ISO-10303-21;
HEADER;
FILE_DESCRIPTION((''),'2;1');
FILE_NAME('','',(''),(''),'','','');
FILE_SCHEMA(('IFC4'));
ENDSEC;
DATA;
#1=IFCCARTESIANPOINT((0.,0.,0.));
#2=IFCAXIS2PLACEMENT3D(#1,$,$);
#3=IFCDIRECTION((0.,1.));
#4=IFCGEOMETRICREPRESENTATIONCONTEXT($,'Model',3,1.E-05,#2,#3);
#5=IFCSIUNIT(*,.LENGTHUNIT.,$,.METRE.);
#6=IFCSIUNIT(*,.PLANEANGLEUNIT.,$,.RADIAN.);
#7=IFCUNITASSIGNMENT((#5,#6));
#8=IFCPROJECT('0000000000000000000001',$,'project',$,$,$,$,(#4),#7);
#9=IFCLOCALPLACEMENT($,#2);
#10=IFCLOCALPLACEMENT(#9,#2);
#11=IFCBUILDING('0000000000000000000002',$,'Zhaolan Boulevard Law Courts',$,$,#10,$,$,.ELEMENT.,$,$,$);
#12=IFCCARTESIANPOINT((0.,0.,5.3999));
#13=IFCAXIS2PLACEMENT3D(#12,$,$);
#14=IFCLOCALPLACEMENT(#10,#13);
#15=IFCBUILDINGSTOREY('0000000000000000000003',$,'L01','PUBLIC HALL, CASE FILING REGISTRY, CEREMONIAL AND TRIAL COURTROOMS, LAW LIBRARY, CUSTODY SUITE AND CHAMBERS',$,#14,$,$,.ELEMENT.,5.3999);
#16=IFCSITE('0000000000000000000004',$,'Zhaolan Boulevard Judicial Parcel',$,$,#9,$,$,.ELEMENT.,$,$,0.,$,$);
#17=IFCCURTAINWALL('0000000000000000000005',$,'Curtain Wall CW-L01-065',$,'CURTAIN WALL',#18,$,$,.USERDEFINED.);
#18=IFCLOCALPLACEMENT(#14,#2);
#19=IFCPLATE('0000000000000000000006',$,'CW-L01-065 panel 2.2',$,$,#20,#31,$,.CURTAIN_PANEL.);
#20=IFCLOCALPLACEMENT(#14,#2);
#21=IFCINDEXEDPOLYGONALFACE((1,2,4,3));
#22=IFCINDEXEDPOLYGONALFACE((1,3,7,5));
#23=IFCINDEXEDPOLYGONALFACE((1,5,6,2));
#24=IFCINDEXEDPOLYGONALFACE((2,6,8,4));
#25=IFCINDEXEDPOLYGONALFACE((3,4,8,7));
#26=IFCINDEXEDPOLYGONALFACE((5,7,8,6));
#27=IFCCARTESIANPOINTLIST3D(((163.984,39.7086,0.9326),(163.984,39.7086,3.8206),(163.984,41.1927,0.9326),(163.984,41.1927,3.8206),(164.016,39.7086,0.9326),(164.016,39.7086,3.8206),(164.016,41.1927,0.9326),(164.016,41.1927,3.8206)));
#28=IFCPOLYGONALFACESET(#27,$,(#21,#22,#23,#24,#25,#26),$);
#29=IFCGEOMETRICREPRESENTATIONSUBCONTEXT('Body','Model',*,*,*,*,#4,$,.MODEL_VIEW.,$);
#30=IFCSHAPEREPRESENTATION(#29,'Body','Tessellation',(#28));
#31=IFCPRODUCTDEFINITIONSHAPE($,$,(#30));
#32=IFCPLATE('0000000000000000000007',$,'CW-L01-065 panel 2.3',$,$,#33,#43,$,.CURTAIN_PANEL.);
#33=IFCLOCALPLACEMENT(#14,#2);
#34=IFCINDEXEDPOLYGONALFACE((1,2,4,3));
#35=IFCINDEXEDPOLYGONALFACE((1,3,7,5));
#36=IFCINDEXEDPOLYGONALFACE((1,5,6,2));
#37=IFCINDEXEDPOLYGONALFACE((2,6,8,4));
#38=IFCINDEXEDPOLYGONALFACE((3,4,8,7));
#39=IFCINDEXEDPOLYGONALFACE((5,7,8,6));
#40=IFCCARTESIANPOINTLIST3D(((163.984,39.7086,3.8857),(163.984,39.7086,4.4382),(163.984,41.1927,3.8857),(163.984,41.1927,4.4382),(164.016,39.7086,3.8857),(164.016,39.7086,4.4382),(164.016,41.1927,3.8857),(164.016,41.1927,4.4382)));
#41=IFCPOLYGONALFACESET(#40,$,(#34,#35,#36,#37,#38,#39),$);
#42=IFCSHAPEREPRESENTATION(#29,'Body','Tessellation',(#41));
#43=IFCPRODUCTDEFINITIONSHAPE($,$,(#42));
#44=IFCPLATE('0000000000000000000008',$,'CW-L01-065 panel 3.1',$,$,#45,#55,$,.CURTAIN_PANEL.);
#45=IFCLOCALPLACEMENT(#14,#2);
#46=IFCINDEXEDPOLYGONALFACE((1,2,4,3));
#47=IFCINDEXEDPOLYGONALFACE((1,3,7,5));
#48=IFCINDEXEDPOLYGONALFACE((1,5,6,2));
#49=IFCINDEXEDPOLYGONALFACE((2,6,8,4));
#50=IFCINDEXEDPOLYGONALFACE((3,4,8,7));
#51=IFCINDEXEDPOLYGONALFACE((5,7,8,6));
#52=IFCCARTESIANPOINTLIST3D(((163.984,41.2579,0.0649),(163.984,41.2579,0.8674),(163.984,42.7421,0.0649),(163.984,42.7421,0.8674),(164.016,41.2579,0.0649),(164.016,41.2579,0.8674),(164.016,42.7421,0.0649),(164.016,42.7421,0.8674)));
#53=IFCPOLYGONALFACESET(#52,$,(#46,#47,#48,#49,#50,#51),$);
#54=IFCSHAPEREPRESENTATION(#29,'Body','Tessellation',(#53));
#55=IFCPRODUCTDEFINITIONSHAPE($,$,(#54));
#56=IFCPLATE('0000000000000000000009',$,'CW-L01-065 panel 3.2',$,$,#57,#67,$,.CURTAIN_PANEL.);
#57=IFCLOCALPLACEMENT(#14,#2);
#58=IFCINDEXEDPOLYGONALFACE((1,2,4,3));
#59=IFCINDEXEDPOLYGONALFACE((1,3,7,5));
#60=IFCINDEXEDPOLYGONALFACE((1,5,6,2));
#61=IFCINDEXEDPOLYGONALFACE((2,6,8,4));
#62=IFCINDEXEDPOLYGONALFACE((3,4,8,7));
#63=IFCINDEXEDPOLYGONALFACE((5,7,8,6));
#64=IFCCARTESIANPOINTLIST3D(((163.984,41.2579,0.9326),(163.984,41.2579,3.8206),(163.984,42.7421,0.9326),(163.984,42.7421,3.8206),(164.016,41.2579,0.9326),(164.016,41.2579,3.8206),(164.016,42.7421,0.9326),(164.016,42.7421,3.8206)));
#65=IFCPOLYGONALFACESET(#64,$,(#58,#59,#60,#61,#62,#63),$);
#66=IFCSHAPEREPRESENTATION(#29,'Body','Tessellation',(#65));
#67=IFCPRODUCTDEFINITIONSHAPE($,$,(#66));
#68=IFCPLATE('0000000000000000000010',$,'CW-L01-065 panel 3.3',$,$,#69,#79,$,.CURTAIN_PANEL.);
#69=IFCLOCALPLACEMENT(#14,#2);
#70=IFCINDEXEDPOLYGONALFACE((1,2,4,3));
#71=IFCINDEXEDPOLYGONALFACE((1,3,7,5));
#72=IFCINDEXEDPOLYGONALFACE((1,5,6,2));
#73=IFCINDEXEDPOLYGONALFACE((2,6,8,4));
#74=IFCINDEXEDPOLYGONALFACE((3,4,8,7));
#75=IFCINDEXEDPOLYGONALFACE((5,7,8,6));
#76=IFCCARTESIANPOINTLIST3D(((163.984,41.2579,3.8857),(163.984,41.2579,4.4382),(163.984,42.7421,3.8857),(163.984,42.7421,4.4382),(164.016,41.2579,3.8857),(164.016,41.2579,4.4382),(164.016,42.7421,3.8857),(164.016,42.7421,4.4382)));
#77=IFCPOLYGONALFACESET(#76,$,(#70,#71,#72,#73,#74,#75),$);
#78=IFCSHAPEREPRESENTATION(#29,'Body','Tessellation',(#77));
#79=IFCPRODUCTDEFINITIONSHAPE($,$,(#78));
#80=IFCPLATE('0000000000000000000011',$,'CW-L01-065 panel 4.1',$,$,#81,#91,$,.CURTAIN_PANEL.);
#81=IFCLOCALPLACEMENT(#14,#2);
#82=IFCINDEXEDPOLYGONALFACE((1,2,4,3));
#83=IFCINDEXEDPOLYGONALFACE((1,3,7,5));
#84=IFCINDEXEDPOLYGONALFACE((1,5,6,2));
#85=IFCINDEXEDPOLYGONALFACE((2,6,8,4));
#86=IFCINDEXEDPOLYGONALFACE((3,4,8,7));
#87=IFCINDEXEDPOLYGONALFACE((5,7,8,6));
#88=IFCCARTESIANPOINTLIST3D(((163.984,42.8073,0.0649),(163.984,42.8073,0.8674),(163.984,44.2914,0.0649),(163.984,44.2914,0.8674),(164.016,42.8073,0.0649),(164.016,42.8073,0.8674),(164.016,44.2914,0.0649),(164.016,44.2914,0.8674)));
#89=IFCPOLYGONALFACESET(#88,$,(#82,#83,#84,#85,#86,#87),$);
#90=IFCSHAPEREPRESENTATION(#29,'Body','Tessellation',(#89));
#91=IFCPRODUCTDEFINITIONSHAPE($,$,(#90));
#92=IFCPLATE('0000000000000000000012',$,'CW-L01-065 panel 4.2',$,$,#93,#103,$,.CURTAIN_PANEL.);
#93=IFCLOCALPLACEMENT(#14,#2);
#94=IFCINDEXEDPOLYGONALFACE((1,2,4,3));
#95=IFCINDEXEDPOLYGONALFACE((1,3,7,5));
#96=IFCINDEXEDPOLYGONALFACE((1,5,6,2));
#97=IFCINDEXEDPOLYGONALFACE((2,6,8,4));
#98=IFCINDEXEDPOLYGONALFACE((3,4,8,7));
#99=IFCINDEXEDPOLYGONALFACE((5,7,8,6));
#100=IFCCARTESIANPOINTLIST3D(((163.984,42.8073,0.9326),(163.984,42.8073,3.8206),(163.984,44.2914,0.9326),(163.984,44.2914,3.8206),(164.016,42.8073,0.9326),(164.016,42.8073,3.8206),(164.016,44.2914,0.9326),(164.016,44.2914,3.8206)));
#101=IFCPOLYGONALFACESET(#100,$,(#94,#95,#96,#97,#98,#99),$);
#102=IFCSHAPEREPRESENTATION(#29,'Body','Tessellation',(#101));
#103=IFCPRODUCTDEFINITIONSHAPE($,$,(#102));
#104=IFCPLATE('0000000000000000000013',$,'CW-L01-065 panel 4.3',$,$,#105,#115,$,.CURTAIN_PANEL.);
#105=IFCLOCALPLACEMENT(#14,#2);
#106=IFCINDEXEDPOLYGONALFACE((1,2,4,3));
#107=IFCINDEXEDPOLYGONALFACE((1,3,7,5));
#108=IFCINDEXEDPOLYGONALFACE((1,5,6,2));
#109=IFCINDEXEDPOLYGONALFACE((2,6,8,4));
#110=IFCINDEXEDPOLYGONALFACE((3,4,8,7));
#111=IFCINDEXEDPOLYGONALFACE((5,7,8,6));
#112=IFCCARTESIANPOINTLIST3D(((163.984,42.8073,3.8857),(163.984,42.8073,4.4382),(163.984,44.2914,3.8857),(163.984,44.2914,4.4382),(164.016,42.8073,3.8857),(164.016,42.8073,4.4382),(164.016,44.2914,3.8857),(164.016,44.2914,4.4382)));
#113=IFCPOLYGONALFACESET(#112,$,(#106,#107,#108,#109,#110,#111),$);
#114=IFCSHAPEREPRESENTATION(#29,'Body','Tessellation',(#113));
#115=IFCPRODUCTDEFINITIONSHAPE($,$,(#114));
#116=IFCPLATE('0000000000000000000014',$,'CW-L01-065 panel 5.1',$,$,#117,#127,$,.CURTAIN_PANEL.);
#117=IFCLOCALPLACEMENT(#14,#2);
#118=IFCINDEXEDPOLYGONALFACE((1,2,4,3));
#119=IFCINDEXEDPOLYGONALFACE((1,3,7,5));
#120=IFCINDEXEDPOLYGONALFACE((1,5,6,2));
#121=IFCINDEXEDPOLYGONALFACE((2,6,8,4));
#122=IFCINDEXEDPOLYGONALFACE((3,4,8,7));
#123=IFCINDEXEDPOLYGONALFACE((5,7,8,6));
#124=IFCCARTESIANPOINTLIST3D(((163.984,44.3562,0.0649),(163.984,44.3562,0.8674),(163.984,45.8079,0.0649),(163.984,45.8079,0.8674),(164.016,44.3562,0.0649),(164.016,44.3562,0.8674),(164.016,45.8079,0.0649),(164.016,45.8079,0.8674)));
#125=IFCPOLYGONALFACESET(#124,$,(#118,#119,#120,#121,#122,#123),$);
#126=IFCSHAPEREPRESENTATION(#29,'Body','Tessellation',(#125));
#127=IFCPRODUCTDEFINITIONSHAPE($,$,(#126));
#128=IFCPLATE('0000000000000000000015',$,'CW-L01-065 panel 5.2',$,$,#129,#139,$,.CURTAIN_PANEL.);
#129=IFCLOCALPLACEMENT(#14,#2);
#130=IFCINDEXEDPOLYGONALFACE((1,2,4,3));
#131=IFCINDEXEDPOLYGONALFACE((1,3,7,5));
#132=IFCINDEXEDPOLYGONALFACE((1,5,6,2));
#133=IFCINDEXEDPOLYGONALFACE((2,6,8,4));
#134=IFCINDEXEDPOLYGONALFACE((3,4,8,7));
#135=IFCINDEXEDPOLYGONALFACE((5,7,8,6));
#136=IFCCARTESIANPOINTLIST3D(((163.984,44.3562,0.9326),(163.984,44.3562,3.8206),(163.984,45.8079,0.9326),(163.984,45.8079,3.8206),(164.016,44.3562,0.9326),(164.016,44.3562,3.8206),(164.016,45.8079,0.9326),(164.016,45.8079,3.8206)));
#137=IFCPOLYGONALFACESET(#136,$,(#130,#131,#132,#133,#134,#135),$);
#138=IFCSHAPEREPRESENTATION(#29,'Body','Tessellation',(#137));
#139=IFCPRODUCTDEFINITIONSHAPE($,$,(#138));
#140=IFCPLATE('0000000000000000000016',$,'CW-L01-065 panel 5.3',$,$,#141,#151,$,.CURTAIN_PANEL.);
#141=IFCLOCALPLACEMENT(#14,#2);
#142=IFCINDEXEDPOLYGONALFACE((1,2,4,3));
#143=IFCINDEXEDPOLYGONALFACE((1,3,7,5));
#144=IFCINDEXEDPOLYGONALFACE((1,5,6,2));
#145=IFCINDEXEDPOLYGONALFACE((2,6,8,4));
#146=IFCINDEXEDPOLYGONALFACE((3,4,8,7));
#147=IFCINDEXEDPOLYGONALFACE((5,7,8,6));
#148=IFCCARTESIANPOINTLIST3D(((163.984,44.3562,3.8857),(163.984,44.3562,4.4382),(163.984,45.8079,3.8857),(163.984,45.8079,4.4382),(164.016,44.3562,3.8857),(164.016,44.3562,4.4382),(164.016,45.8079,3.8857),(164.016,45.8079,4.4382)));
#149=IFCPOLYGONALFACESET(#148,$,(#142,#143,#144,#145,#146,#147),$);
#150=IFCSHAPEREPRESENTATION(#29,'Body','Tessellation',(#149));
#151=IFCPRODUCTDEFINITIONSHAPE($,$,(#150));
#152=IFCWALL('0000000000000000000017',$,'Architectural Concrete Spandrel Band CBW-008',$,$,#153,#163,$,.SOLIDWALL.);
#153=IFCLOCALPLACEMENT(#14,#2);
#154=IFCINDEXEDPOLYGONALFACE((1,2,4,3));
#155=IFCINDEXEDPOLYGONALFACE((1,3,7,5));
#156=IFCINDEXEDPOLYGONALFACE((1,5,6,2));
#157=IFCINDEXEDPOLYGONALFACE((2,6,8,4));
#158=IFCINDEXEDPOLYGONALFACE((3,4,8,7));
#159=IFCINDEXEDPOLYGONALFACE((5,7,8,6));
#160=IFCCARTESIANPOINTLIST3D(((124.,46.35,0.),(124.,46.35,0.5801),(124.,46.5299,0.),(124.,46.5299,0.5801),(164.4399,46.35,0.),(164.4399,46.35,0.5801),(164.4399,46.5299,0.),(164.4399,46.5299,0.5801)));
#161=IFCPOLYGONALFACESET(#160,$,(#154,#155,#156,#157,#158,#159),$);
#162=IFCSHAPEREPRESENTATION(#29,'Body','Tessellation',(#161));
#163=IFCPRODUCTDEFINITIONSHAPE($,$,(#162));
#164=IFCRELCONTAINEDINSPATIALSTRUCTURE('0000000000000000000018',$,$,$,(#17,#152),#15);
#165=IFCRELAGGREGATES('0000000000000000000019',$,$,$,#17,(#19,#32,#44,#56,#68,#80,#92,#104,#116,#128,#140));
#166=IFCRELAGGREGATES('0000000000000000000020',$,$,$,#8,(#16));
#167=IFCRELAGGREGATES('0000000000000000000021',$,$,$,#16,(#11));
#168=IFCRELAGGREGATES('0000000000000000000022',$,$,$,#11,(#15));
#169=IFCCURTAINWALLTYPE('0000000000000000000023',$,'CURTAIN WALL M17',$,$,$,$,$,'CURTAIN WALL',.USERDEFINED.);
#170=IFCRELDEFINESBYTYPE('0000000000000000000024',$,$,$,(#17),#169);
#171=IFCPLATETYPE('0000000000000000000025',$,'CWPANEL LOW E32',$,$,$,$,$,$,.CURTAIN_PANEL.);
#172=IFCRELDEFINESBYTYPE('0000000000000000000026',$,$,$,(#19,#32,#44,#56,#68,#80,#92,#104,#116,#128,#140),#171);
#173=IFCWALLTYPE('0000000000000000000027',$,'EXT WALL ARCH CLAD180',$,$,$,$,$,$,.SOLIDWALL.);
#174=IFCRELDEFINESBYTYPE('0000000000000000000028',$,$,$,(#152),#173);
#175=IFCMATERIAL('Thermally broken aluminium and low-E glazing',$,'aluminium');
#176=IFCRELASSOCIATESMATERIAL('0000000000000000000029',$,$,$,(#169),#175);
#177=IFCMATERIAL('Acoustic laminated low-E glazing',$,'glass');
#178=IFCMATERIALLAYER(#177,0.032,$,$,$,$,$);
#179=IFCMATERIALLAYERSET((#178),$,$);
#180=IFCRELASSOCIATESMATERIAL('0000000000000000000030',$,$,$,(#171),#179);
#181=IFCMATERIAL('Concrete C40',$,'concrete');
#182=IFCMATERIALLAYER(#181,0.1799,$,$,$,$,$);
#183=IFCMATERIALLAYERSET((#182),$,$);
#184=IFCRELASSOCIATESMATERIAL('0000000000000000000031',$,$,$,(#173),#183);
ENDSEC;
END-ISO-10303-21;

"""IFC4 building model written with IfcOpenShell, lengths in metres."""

from ifc_helpers import new_model, si_unit, direction, frame, frame_2d, origin, origin_2d, place, context, subcontext, project, spatial, rectangle, extrude, material, layer, layer_set, type_object, element, aggregate, save


model = new_model("IFC4")

# Units and contexts
model_context = context("Model", 3, precision=1e-05, world=origin(), true_north=direction((0.0, 1.0)))
body_context = subcontext(model_context, "Body", "Model", "MODEL_VIEW")
ifc_project = project(units=[si_unit("LENGTHUNIT", "METRE"), si_unit("PLANEANGLEUNIT", "RADIAN")], contexts=[model_context])

# Site, building, storey
site_placement = place(None, origin())
site = spatial("IfcSite", under=ifc_project, at=site_placement, Name="Zhaolan Boulevard Judicial Parcel", CompositionType="ELEMENT", RefElevation=0.0)
building_placement = place(site_placement, origin())
building = spatial("IfcBuilding", under=site, at=building_placement, Name="Zhaolan Boulevard Law Courts", CompositionType="ELEMENT")
storey_placement = place(building_placement, frame((0.0, 0.0, 5.3999)))
storey = spatial("IfcBuildingStorey", under=building, at=storey_placement, Name="L01", Description="PUBLIC HALL, CASE FILING REGISTRY, CEREMONIAL AND TRIAL COURTROOMS, LAW LIBRARY, CUSTODY SUITE AND CHAMBERS", CompositionType="ELEMENT", Elevation=5.3999)

# Curtain wall, plates
ifc_material_1 = material(Name="Thermally broken aluminium and low-E glazing", Category="aluminium")
curtain_wall_type = type_object("IfcCurtainWallType", Name="CURTAIN WALL M17", ElementType="CURTAIN WALL", PredefinedType="USERDEFINED", material=ifc_material_1)
curtain_wall_placement = place(storey_placement, origin())
curtain_wall = element("IfcCurtainWall", 1, at=curtain_wall_placement, inside=storey, type_object=curtain_wall_type, Name="Curtain Wall CW-L01-065", ObjectType="CURTAIN WALL", PredefinedType="USERDEFINED")
ifc_material_2 = material(Name="Acoustic laminated low-E glazing", Category="glass")
ifc_layer_1 = layer(ifc_material_2, 0.032)
ifc_layer_set_1 = layer_set([ifc_layer_1])
plate_type = type_object("IfcPlateType", Name="CWPANEL LOW E32", PredefinedType="CURTAIN_PANEL", material=ifc_layer_set_1)
plate_1_placement = place(storey_placement, frame((164.0, 40.4507, 0.9326), z_axis=(0.0, 0.0, 1.0), x_axis=(0.0, 1.0, 0.0)))
plate_1 = element("IfcPlate", 2, at=plate_1_placement, type_object=plate_type, Name="CW-L01-065 panel 2.2", PredefinedType="CURTAIN_PANEL", context=body_context, shape_type="SweptSolid", body=[
    extrude(rectangle(XDim=1.4841, YDim=0.032, at=origin_2d()), origin(), (0.0, 0.0, 1.0), 2.8879),
])
plate_2_placement = place(storey_placement, frame((164.0, 40.4507, 3.8857), z_axis=(0.0, 0.0, 1.0), x_axis=(0.0, 1.0, 0.0)))
plate_2 = element("IfcPlate", 3, at=plate_2_placement, type_object=plate_type, Name="CW-L01-065 panel 2.3", PredefinedType="CURTAIN_PANEL", context=body_context, shape_type="SweptSolid", body=[
    extrude(rectangle(XDim=1.4841, YDim=0.032, at=origin_2d()), origin(), (0.0, 0.0, 1.0), 0.5525),
])
plate_3_placement = place(storey_placement, frame((164.0, 42.0, 0.0649), z_axis=(0.0, 0.0, 1.0), x_axis=(0.0, 1.0, 0.0)))
plate_3 = element("IfcPlate", 4, at=plate_3_placement, type_object=plate_type, Name="CW-L01-065 panel 3.1", PredefinedType="CURTAIN_PANEL", context=body_context, shape_type="SweptSolid", body=[
    extrude(rectangle(XDim=1.4841, YDim=0.032, at=origin_2d()), origin(), (0.0, 0.0, 1.0), 0.8025),
])
plate_4_placement = place(storey_placement, frame((164.0, 42.0, 0.9326), z_axis=(0.0, 0.0, 1.0), x_axis=(0.0, 1.0, 0.0)))
plate_4 = element("IfcPlate", 5, at=plate_4_placement, type_object=plate_type, Name="CW-L01-065 panel 3.2", PredefinedType="CURTAIN_PANEL", context=body_context, shape_type="SweptSolid", body=[
    extrude(rectangle(XDim=1.4841, YDim=0.032, at=origin_2d()), origin(), (0.0, 0.0, 1.0), 2.8879),
])
plate_5_placement = place(storey_placement, frame((164.0, 42.0, 3.8857), z_axis=(0.0, 0.0, 1.0), x_axis=(0.0, 1.0, 0.0)))
plate_5 = element("IfcPlate", 6, at=plate_5_placement, type_object=plate_type, Name="CW-L01-065 panel 3.3", PredefinedType="CURTAIN_PANEL", context=body_context, shape_type="SweptSolid", body=[
    extrude(rectangle(XDim=1.4841, YDim=0.032, at=origin_2d()), origin(), (0.0, 0.0, 1.0), 0.5525),
])
plate_6_placement = place(storey_placement, frame((164.0, 43.5493, 0.0649), z_axis=(0.0, 0.0, 1.0), x_axis=(0.0, 1.0, 0.0)))
plate_6 = element("IfcPlate", 7, at=plate_6_placement, type_object=plate_type, Name="CW-L01-065 panel 4.1", PredefinedType="CURTAIN_PANEL", context=body_context, shape_type="SweptSolid", body=[
    extrude(rectangle(XDim=1.4841, YDim=0.032, at=origin_2d()), origin(), (0.0, 0.0, 1.0), 0.8025),
])
plate_7_placement = place(storey_placement, frame((164.0, 43.5493, 0.9326), z_axis=(0.0, 0.0, 1.0), x_axis=(0.0, 1.0, 0.0)))
plate_7 = element("IfcPlate", 8, at=plate_7_placement, type_object=plate_type, Name="CW-L01-065 panel 4.2", PredefinedType="CURTAIN_PANEL", context=body_context, shape_type="SweptSolid", body=[
    extrude(rectangle(XDim=1.4841, YDim=0.032, at=origin_2d()), origin(), (0.0, 0.0, 1.0), 2.8879),
])
plate_8_placement = place(storey_placement, frame((164.0, 43.5493, 3.8857), z_axis=(0.0, 0.0, 1.0), x_axis=(0.0, 1.0, 0.0)))
plate_8 = element("IfcPlate", 9, at=plate_8_placement, type_object=plate_type, Name="CW-L01-065 panel 4.3", PredefinedType="CURTAIN_PANEL", context=body_context, shape_type="SweptSolid", body=[
    extrude(rectangle(XDim=1.4841, YDim=0.032, at=origin_2d()), origin(), (0.0, 0.0, 1.0), 0.5525),
])
plate_9_placement = place(storey_placement, frame((164.0, 45.082, 0.0649), z_axis=(0.0, 0.0, 1.0), x_axis=(0.0, 1.0, 0.0)))
plate_9 = element("IfcPlate", 10, at=plate_9_placement, type_object=plate_type, Name="CW-L01-065 panel 5.1", PredefinedType="CURTAIN_PANEL", context=body_context, shape_type="SweptSolid", body=[
    extrude(rectangle(XDim=1.4517, YDim=0.032, at=origin_2d()), origin(), (0.0, 0.0, 1.0), 0.8025),
])
plate_10_placement = place(storey_placement, frame((164.0, 45.082, 0.9326), z_axis=(0.0, 0.0, 1.0), x_axis=(0.0, 1.0, 0.0)))
plate_10 = element("IfcPlate", 11, at=plate_10_placement, type_object=plate_type, Name="CW-L01-065 panel 5.2", PredefinedType="CURTAIN_PANEL", context=body_context, shape_type="SweptSolid", body=[
    extrude(rectangle(XDim=1.4517, YDim=0.032, at=origin_2d()), origin(), (0.0, 0.0, 1.0), 2.8879),
])
plate_11_placement = place(storey_placement, frame((164.0, 45.082, 3.8857), z_axis=(0.0, 0.0, 1.0), x_axis=(0.0, 1.0, 0.0)))
plate_11 = element("IfcPlate", 12, at=plate_11_placement, type_object=plate_type, Name="CW-L01-065 panel 5.3", PredefinedType="CURTAIN_PANEL", context=body_context, shape_type="SweptSolid", body=[
    extrude(rectangle(XDim=1.4517, YDim=0.032, at=origin_2d()), origin(), (0.0, 0.0, 1.0), 0.5525),
])
aggregate(curtain_wall, [plate_1, plate_2, plate_3, plate_4, plate_5, plate_6, plate_7, plate_8, plate_9, plate_10, plate_11])

# Wall
ifc_material_3 = material(Name="Concrete C40", Category="concrete")
ifc_layer_2 = layer(ifc_material_3, 0.1799)
ifc_layer_set_2 = layer_set([ifc_layer_2])
wall_type = type_object("IfcWallType", Name="EXT WALL ARCH CLAD180", PredefinedType="SOLIDWALL", material=ifc_layer_set_2)
wall_placement = place(storey_placement, frame((164.4399, 46.4399, 0.0), z_axis=(0.0, 0.0, 1.0), x_axis=(-1.0, 0.0, 0.0)))
element("IfcWall", 13, at=wall_placement, inside=storey, type_object=wall_type, Name="Architectural Concrete Spandrel Band CBW-008", PredefinedType="SOLIDWALL", context=body_context, shape_type="SweptSolid", body=[
    extrude(rectangle(XDim=40.4399, YDim=0.1799, at=frame_2d((20.22, 0.0))), origin(), (0.0, 0.0, 1.0), 0.5801),
])

save(model, "model.ifc")
